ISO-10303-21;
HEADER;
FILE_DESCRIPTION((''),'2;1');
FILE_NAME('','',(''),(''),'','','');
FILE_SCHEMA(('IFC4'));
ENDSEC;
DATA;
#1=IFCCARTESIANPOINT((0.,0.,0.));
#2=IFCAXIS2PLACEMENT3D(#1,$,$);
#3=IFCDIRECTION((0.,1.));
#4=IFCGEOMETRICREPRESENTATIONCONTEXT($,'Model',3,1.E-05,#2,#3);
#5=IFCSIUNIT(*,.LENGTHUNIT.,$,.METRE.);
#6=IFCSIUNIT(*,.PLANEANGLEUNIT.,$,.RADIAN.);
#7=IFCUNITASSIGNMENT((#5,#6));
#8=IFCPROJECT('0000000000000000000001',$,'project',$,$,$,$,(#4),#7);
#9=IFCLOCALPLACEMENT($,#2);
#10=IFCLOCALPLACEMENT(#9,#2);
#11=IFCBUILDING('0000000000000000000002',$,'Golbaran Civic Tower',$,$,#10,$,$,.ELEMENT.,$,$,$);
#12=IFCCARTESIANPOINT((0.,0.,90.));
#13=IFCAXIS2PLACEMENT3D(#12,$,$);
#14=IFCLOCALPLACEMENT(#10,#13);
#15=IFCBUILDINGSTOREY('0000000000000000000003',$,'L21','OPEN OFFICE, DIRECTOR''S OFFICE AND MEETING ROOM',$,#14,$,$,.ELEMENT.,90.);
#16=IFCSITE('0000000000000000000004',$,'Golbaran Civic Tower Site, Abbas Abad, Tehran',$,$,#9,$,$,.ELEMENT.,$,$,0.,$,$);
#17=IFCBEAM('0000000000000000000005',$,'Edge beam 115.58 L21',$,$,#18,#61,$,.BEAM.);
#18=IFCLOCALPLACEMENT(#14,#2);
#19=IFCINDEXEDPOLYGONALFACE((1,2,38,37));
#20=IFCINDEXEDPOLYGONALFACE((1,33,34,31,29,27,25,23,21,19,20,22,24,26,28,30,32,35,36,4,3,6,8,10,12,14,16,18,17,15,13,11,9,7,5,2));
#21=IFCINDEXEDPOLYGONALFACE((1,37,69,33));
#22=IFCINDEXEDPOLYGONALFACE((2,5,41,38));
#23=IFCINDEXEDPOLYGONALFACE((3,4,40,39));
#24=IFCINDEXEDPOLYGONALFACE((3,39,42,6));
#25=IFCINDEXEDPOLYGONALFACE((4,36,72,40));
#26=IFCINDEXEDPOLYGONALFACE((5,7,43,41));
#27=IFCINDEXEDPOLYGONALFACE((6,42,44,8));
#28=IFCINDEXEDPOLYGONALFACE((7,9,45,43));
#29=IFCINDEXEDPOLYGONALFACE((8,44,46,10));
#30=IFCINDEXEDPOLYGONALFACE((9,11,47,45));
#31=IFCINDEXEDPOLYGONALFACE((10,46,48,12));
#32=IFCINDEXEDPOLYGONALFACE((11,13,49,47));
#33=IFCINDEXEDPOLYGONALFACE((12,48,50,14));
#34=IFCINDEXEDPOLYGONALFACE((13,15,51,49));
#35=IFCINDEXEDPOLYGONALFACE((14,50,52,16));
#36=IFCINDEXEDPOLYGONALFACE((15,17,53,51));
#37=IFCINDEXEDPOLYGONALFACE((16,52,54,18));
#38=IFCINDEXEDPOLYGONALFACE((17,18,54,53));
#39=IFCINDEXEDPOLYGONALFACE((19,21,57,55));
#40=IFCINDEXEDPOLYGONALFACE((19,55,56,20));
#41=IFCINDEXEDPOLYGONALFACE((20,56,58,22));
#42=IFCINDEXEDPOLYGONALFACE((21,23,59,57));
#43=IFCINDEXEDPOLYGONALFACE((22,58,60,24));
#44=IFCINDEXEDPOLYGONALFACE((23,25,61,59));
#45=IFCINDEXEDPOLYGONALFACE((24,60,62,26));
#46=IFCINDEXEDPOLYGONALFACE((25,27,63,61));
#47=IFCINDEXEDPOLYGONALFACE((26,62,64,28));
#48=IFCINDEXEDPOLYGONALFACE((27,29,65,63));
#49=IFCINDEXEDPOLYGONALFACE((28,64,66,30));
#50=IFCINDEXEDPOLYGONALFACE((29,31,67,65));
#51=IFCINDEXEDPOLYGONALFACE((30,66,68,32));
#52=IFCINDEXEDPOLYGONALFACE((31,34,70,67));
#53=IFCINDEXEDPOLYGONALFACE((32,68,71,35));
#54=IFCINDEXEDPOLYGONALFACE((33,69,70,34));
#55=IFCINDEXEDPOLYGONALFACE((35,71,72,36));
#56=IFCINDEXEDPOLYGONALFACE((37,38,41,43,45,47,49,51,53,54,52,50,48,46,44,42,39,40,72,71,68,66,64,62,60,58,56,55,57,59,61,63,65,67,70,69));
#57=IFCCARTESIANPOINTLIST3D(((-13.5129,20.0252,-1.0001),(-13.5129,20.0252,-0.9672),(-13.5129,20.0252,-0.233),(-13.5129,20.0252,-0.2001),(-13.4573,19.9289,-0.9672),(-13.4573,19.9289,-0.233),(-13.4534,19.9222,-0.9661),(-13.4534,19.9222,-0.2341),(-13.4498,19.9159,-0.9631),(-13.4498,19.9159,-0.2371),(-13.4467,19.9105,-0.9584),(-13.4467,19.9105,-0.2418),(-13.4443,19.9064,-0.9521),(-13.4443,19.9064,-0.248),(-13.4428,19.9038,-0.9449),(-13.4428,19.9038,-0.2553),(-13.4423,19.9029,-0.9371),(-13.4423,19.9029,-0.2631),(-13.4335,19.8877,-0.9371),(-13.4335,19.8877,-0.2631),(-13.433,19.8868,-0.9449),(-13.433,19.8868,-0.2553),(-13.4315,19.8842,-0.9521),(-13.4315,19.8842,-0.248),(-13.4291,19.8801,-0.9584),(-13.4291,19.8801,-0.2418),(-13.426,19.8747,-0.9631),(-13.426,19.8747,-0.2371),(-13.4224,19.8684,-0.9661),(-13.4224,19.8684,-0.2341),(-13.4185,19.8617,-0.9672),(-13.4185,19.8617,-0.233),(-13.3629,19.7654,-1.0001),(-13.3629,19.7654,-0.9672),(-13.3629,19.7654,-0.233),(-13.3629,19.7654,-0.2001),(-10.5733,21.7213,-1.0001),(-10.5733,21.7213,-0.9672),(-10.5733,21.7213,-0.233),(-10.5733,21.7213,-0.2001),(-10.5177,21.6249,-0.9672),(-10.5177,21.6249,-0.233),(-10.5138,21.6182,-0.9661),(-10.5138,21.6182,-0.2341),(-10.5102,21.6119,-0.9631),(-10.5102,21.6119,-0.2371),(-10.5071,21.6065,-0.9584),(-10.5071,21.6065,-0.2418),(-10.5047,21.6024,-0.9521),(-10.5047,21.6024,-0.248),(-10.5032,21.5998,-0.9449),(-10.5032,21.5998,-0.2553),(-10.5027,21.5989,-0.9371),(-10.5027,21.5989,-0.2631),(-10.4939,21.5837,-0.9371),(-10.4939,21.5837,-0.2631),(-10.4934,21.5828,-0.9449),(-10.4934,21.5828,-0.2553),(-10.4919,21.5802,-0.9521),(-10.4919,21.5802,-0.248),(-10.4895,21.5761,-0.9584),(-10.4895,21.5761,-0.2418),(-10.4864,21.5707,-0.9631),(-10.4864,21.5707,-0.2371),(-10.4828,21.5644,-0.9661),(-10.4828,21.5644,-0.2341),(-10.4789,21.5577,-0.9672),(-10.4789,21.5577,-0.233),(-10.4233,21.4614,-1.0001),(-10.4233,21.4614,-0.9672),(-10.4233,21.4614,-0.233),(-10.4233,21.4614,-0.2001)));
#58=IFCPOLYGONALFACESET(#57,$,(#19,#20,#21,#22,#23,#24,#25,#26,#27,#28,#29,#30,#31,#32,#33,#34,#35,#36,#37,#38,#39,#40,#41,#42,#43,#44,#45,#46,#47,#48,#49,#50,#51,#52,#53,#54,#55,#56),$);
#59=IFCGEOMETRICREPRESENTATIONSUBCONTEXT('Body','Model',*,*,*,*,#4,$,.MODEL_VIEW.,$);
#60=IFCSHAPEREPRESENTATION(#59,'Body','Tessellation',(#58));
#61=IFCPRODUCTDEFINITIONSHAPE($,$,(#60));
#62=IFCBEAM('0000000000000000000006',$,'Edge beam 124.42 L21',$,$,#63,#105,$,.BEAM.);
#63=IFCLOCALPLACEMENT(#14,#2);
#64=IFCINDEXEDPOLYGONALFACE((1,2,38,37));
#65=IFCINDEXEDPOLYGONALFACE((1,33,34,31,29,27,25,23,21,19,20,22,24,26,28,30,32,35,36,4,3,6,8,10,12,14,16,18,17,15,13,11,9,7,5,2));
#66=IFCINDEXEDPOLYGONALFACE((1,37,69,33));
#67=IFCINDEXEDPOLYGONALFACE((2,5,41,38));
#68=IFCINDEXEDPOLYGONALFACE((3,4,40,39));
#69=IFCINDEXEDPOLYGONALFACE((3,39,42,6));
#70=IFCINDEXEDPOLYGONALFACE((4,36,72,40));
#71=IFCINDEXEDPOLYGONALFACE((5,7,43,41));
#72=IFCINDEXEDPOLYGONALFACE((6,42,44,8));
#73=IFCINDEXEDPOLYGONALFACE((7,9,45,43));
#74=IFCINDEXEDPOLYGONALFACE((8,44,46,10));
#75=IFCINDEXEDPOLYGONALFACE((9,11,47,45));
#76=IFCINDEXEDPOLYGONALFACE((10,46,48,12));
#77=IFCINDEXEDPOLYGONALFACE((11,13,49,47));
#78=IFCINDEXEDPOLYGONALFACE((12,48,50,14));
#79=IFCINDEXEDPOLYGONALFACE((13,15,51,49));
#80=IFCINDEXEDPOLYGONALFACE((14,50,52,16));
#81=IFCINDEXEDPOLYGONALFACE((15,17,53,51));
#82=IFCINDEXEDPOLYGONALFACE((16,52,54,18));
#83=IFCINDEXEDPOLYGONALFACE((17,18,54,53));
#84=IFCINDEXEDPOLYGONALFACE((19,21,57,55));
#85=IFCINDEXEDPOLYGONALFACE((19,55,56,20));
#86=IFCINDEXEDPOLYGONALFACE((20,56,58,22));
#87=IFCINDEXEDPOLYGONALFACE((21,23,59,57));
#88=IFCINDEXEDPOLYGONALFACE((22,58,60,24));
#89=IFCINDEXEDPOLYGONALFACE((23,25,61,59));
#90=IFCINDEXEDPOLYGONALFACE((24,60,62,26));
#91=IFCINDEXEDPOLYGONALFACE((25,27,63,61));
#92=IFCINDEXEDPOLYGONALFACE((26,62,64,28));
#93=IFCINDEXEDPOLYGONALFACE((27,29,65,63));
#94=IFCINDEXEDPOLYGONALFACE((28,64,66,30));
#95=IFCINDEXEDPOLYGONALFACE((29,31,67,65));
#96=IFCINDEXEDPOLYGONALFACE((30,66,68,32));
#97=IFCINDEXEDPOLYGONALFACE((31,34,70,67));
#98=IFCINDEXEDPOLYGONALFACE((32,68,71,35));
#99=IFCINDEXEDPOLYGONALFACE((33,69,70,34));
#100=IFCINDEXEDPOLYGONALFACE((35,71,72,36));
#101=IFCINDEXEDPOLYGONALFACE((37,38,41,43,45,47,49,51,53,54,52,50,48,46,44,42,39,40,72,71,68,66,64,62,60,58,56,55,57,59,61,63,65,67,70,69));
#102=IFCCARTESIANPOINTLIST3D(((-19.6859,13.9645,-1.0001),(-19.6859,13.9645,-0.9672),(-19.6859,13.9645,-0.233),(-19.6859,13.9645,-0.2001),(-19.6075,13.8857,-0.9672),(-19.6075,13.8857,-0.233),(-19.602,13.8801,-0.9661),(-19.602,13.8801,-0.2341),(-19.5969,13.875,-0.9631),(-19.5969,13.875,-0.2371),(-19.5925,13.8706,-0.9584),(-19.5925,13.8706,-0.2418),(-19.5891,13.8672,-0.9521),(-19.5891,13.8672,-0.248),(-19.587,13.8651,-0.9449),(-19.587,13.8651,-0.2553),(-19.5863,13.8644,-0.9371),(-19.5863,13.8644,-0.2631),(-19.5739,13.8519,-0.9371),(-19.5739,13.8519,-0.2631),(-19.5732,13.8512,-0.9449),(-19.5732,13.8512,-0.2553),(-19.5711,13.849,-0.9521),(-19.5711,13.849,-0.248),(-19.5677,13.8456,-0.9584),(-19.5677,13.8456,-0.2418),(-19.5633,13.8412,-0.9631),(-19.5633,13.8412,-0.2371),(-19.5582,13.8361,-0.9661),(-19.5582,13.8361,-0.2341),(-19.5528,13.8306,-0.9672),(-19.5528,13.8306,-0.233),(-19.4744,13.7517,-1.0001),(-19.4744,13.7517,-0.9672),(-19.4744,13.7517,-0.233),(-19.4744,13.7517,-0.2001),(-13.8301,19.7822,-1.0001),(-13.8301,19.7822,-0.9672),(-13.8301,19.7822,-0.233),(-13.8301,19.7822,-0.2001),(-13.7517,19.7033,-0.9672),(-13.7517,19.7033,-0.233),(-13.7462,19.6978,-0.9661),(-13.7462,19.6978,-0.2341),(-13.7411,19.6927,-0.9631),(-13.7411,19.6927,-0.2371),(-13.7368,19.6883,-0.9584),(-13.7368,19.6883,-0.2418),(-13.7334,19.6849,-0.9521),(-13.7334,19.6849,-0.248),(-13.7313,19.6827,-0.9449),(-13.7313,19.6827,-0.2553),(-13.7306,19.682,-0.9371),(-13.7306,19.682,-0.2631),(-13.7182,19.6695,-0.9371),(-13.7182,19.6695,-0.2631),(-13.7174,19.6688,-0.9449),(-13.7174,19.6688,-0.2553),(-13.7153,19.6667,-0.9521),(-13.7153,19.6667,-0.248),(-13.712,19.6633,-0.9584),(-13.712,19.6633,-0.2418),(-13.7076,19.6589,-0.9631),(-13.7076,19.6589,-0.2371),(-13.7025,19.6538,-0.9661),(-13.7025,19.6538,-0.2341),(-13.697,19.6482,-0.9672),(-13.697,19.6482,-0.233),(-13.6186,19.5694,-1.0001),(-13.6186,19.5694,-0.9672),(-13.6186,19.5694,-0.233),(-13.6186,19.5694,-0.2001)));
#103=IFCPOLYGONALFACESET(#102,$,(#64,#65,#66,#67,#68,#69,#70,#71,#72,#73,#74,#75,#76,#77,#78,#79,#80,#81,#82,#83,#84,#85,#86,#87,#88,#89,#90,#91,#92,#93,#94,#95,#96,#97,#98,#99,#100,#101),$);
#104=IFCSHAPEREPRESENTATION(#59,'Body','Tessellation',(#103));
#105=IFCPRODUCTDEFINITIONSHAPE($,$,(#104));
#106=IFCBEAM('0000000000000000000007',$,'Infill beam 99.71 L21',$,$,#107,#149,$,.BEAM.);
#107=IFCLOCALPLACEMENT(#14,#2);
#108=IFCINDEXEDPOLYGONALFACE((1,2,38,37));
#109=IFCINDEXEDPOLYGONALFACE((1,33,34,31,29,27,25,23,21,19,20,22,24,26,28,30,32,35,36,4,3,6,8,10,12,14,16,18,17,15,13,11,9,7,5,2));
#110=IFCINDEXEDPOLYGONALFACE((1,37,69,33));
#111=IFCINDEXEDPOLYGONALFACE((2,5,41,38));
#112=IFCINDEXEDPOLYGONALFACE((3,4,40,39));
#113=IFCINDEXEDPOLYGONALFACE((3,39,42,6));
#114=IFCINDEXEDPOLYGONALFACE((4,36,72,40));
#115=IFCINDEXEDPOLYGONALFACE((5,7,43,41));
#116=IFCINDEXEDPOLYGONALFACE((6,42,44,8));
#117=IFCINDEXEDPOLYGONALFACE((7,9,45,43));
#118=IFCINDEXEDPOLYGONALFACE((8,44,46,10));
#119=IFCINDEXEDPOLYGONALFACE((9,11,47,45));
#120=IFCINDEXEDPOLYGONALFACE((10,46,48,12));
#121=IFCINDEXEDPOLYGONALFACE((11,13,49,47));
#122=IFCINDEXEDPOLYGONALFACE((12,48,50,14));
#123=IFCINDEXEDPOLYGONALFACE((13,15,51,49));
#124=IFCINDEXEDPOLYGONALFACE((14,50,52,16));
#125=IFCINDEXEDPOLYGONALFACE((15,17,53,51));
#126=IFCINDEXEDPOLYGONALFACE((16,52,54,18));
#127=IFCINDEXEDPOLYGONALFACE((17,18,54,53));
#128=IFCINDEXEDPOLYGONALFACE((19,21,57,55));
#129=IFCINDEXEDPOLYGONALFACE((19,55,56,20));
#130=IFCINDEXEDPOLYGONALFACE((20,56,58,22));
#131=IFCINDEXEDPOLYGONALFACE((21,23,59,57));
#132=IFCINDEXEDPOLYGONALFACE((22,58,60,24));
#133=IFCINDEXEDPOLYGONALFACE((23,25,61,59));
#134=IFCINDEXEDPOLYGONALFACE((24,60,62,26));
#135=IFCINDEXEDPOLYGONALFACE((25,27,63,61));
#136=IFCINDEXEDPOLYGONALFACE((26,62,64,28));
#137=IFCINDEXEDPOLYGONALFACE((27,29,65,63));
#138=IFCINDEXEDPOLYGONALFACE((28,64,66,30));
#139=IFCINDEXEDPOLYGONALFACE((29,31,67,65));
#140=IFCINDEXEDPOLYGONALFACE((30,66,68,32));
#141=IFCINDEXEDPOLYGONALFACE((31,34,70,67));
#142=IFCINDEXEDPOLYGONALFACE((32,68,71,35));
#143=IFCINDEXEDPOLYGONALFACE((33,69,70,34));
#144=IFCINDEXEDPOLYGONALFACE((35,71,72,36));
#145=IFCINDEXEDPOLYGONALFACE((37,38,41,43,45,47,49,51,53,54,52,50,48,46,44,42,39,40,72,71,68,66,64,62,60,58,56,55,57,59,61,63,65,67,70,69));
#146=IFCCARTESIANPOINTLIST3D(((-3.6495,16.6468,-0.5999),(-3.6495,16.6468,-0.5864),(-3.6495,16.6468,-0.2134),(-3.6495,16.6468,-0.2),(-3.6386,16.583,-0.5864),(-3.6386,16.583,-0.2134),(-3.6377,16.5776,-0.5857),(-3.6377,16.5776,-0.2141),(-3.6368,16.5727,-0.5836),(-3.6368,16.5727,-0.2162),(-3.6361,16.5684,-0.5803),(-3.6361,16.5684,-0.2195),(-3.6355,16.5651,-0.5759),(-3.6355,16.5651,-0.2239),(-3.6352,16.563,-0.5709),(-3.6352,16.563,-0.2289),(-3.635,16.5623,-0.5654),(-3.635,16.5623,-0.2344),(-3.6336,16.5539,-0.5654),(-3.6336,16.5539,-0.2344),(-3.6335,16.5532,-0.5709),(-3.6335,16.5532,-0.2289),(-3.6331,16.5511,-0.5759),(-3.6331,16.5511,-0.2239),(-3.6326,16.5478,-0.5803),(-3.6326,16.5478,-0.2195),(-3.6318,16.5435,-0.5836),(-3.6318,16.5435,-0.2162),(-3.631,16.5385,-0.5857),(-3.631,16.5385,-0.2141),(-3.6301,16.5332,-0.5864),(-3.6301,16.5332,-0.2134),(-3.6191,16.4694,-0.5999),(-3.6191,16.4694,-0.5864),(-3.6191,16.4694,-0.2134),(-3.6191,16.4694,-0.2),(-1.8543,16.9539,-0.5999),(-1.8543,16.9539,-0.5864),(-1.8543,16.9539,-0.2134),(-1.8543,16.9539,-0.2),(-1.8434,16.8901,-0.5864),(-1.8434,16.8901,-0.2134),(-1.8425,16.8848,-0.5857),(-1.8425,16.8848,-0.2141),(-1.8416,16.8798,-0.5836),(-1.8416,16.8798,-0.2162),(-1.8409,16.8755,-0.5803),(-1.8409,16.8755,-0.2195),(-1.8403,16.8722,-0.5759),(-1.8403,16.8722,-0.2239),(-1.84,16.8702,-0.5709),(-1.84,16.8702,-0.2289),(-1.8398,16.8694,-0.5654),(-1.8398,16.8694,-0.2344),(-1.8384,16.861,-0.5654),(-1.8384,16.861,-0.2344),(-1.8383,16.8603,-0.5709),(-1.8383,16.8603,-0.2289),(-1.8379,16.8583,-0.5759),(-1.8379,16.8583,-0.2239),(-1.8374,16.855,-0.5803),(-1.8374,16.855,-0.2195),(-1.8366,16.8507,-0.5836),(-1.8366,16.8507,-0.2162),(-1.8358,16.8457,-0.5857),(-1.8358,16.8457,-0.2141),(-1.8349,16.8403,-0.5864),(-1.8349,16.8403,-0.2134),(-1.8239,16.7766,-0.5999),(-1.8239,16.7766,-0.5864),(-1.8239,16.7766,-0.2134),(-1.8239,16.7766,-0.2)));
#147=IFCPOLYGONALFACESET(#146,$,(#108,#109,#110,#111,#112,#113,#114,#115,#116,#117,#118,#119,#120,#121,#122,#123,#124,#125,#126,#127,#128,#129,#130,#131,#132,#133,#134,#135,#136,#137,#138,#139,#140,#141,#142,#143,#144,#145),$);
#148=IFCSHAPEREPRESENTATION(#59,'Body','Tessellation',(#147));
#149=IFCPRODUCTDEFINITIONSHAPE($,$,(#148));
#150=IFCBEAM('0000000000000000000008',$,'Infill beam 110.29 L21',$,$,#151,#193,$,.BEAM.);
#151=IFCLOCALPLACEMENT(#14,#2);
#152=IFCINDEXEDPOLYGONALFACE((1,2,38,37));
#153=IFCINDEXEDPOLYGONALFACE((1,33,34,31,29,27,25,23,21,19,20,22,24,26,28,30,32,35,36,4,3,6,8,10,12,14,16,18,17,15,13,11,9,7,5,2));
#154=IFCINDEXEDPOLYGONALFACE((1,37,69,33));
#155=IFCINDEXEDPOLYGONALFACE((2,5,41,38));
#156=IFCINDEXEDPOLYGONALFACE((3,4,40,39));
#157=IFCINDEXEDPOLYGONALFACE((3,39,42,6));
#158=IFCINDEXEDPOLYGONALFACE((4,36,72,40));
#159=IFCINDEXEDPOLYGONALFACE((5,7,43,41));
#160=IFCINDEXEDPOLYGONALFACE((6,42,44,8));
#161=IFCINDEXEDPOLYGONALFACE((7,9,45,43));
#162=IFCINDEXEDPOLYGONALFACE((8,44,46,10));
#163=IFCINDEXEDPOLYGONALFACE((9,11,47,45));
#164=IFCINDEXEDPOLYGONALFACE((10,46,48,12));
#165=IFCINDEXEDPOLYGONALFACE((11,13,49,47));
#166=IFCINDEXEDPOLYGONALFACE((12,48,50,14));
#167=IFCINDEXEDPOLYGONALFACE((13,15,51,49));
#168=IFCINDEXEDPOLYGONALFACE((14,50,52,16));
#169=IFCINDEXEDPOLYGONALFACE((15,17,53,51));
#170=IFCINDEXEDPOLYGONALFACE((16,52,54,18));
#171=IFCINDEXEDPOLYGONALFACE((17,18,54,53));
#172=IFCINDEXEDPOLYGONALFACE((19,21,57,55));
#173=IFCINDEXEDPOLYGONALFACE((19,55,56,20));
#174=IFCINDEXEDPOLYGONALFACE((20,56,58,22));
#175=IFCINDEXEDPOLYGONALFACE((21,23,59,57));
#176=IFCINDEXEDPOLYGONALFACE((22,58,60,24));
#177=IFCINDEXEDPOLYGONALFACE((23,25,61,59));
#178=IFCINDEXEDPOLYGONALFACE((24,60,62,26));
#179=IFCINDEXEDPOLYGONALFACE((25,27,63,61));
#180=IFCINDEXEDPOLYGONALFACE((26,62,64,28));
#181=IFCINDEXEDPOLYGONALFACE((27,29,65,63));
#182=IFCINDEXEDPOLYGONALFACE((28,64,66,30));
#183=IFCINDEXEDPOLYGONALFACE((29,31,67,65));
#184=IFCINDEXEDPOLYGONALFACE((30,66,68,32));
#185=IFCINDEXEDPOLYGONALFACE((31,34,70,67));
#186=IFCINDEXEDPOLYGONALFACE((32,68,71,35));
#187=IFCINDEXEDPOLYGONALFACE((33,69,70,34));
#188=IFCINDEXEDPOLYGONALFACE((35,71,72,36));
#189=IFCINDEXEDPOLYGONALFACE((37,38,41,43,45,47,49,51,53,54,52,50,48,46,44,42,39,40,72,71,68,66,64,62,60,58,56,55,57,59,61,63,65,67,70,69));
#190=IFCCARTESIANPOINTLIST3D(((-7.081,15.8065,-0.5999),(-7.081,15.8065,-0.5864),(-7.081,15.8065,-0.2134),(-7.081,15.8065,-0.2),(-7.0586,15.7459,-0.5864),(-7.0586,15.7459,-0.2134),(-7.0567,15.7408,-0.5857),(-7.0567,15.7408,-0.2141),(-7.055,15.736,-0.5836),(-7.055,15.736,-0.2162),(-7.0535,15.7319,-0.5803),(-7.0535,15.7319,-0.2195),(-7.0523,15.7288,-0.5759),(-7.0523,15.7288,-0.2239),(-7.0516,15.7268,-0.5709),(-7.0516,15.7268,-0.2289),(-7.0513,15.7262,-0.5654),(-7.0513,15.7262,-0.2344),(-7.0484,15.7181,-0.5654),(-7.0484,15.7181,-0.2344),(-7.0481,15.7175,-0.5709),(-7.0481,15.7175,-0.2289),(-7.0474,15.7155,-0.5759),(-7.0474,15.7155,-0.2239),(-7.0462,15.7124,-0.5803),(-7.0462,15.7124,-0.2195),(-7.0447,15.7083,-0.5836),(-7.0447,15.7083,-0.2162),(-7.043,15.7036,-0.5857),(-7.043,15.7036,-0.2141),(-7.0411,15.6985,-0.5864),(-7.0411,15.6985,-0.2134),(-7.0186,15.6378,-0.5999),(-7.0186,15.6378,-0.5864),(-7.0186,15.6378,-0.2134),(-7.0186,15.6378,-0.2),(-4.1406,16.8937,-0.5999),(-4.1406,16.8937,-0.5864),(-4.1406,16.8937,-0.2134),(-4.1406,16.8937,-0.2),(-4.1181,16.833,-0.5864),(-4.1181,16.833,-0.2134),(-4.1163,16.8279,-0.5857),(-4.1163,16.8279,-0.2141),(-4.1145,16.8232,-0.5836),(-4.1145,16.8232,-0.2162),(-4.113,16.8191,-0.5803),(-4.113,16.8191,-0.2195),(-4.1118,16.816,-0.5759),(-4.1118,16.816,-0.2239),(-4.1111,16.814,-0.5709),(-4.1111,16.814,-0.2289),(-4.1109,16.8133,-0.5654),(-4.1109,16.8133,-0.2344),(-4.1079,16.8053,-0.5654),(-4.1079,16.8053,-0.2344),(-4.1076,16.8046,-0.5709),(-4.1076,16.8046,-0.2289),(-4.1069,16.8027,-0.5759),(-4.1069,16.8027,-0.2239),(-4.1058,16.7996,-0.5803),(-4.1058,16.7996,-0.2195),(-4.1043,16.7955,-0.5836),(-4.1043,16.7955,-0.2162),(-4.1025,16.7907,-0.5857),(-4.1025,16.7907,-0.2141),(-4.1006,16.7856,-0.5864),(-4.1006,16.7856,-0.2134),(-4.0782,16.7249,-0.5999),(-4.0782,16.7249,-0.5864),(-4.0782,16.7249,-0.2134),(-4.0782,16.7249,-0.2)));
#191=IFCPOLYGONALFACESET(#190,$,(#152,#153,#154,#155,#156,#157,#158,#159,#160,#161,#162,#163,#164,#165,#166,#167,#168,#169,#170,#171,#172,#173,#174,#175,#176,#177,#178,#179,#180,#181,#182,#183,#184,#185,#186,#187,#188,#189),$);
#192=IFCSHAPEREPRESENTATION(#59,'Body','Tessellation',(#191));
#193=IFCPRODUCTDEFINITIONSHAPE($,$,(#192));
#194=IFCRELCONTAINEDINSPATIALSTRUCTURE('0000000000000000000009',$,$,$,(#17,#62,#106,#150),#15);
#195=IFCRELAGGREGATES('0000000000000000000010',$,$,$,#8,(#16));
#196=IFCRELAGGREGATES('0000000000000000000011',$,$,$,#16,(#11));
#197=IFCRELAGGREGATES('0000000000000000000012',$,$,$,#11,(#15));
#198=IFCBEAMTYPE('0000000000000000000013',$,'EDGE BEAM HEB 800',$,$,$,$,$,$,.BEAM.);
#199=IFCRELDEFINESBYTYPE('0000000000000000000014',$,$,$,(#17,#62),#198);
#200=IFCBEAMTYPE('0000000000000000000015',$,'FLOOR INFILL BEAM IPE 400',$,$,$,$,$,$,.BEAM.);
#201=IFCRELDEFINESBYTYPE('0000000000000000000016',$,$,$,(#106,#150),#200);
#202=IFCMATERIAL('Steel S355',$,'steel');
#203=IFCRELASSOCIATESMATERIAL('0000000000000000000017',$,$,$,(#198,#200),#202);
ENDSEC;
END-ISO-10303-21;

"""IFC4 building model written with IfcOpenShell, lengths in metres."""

from ifc_helpers import new_model, si_unit, direction, frame, origin, origin_2d, place, context, subcontext, project, spatial, i_section, extrude, material, material_profile, profile_set, type_object, element, save


model = new_model("IFC4")

# Units and contexts
model_context = context("Model", 3, precision=1e-05, world=origin(), true_north=direction((0.0, 1.0)))
body_context = subcontext(model_context, "Body", "Model", "MODEL_VIEW")
ifc_project = project(units=[si_unit("LENGTHUNIT", "METRE"), si_unit("PLANEANGLEUNIT", "RADIAN")], contexts=[model_context])

# Site, building, storey
site_placement = place(None, origin())
site = spatial("IfcSite", under=ifc_project, at=site_placement, Name="Golbaran Civic Tower Site, Abbas Abad, Tehran", CompositionType="ELEMENT", RefElevation=0.0)
building_placement = place(site_placement, origin())
building = spatial("IfcBuilding", under=site, at=building_placement, Name="Golbaran Civic Tower", CompositionType="ELEMENT")
storey_placement = place(building_placement, frame((0.0, 0.0, 90.0)))
storey = spatial("IfcBuildingStorey", under=building, at=storey_placement, Name="L21", Description="OPEN OFFICE, DIRECTOR'S OFFICE AND MEETING ROOM", CompositionType="ELEMENT", Elevation=90.0)

# Beams
ifc_material_1 = material(Name="Steel S355", Category="steel")
ifc_material_profile_1 = material_profile(ifc_material_1, i_section(OverallWidth=0.3, OverallDepth=0.8, WebThickness=0.0176, FlangeThickness=0.033, FilletRadius=0.03, at=origin_2d()), Name="HEB 800")
ifc_profile_set_1 = profile_set([ifc_material_profile_1], Name="Steel S355")
beam_type_1 = type_object("IfcBeamType", Name="EDGE BEAM HEB 800", PredefinedType="BEAM", material=ifc_profile_set_1)
beam_1_placement = place(storey_placement, frame((-10.4983, 21.5913, -0.6001), z_axis=(-0.866177, -0.499737, 0.0), x_axis=(0.499737, -0.866177, 0.0)))
element("IfcBeam", 1, at=beam_1_placement, inside=storey, type_object=beam_type_1, Name="Edge beam 115.58 L21", PredefinedType="BEAM", context=body_context, shape_type="SweptSolid", body=[
    extrude(i_section(OverallWidth=0.3, OverallDepth=0.8, WebThickness=0.0176, FlangeThickness=0.033, FilletRadius=0.03, at=origin_2d()), origin(), (0.0, 0.0, 1.0), 3.3938),
])
beam_2_placement = place(storey_placement, frame((-13.7244, 19.6758, -0.6001), z_axis=(-0.70941, -0.704796, 0.0), x_axis=(0.704796, -0.70941, 0.0)))
element("IfcBeam", 2, at=beam_2_placement, inside=storey, type_object=beam_type_1, Name="Edge beam 124.42 L21", PredefinedType="BEAM", context=body_context, shape_type="SweptSolid", body=[
    extrude(i_section(OverallWidth=0.3, OverallDepth=0.8, WebThickness=0.0176, FlangeThickness=0.033, FilletRadius=0.03, at=origin_2d()), origin(), (0.0, 0.0, 1.0), 8.2544),
])
ifc_material_profile_2 = material_profile(ifc_material_1, i_section(OverallWidth=0.1799, OverallDepth=0.3999, WebThickness=0.0085, FlangeThickness=0.0134, FilletRadius=0.021, at=origin_2d()), Name="IPE 400")
ifc_profile_set_2 = profile_set([ifc_material_profile_2], Name="Steel S355")
beam_type_2 = type_object("IfcBeamType", Name="FLOOR INFILL BEAM IPE 400", PredefinedType="BEAM", material=ifc_profile_set_2)
beam_3_placement = place(storey_placement, frame((-1.8391, 16.8652, -0.3999), z_axis=(-0.985678, -0.168636, 0.0), x_axis=(0.168636, -0.985678, 0.0)))
element("IfcBeam", 3, at=beam_3_placement, inside=storey, type_object=beam_type_2, Name="Infill beam 99.71 L21", PredefinedType="BEAM", context=body_context, shape_type="SweptSolid", body=[
    extrude(i_section(OverallWidth=0.1799, OverallDepth=0.3999, WebThickness=0.0085, FlangeThickness=0.0134, FilletRadius=0.021, at=origin_2d()), origin(), (0.0, 0.0, 1.0), 1.8213),
])
beam_4_placement = place(storey_placement, frame((-4.1094, 16.8093, -0.3999), z_axis=(-0.937945, -0.346784, 0.0), x_axis=(0.346784, -0.937945, 0.0)))
element("IfcBeam", 4, at=beam_4_placement, inside=storey, type_object=beam_type_2, Name="Infill beam 110.29 L21", PredefinedType="BEAM", context=body_context, shape_type="SweptSolid", body=[
    extrude(i_section(OverallWidth=0.1799, OverallDepth=0.3999, WebThickness=0.0085, FlangeThickness=0.0134, FilletRadius=0.021, at=origin_2d()), origin(), (0.0, 0.0, 1.0), 3.135),
])

save(model, "model.ifc")
